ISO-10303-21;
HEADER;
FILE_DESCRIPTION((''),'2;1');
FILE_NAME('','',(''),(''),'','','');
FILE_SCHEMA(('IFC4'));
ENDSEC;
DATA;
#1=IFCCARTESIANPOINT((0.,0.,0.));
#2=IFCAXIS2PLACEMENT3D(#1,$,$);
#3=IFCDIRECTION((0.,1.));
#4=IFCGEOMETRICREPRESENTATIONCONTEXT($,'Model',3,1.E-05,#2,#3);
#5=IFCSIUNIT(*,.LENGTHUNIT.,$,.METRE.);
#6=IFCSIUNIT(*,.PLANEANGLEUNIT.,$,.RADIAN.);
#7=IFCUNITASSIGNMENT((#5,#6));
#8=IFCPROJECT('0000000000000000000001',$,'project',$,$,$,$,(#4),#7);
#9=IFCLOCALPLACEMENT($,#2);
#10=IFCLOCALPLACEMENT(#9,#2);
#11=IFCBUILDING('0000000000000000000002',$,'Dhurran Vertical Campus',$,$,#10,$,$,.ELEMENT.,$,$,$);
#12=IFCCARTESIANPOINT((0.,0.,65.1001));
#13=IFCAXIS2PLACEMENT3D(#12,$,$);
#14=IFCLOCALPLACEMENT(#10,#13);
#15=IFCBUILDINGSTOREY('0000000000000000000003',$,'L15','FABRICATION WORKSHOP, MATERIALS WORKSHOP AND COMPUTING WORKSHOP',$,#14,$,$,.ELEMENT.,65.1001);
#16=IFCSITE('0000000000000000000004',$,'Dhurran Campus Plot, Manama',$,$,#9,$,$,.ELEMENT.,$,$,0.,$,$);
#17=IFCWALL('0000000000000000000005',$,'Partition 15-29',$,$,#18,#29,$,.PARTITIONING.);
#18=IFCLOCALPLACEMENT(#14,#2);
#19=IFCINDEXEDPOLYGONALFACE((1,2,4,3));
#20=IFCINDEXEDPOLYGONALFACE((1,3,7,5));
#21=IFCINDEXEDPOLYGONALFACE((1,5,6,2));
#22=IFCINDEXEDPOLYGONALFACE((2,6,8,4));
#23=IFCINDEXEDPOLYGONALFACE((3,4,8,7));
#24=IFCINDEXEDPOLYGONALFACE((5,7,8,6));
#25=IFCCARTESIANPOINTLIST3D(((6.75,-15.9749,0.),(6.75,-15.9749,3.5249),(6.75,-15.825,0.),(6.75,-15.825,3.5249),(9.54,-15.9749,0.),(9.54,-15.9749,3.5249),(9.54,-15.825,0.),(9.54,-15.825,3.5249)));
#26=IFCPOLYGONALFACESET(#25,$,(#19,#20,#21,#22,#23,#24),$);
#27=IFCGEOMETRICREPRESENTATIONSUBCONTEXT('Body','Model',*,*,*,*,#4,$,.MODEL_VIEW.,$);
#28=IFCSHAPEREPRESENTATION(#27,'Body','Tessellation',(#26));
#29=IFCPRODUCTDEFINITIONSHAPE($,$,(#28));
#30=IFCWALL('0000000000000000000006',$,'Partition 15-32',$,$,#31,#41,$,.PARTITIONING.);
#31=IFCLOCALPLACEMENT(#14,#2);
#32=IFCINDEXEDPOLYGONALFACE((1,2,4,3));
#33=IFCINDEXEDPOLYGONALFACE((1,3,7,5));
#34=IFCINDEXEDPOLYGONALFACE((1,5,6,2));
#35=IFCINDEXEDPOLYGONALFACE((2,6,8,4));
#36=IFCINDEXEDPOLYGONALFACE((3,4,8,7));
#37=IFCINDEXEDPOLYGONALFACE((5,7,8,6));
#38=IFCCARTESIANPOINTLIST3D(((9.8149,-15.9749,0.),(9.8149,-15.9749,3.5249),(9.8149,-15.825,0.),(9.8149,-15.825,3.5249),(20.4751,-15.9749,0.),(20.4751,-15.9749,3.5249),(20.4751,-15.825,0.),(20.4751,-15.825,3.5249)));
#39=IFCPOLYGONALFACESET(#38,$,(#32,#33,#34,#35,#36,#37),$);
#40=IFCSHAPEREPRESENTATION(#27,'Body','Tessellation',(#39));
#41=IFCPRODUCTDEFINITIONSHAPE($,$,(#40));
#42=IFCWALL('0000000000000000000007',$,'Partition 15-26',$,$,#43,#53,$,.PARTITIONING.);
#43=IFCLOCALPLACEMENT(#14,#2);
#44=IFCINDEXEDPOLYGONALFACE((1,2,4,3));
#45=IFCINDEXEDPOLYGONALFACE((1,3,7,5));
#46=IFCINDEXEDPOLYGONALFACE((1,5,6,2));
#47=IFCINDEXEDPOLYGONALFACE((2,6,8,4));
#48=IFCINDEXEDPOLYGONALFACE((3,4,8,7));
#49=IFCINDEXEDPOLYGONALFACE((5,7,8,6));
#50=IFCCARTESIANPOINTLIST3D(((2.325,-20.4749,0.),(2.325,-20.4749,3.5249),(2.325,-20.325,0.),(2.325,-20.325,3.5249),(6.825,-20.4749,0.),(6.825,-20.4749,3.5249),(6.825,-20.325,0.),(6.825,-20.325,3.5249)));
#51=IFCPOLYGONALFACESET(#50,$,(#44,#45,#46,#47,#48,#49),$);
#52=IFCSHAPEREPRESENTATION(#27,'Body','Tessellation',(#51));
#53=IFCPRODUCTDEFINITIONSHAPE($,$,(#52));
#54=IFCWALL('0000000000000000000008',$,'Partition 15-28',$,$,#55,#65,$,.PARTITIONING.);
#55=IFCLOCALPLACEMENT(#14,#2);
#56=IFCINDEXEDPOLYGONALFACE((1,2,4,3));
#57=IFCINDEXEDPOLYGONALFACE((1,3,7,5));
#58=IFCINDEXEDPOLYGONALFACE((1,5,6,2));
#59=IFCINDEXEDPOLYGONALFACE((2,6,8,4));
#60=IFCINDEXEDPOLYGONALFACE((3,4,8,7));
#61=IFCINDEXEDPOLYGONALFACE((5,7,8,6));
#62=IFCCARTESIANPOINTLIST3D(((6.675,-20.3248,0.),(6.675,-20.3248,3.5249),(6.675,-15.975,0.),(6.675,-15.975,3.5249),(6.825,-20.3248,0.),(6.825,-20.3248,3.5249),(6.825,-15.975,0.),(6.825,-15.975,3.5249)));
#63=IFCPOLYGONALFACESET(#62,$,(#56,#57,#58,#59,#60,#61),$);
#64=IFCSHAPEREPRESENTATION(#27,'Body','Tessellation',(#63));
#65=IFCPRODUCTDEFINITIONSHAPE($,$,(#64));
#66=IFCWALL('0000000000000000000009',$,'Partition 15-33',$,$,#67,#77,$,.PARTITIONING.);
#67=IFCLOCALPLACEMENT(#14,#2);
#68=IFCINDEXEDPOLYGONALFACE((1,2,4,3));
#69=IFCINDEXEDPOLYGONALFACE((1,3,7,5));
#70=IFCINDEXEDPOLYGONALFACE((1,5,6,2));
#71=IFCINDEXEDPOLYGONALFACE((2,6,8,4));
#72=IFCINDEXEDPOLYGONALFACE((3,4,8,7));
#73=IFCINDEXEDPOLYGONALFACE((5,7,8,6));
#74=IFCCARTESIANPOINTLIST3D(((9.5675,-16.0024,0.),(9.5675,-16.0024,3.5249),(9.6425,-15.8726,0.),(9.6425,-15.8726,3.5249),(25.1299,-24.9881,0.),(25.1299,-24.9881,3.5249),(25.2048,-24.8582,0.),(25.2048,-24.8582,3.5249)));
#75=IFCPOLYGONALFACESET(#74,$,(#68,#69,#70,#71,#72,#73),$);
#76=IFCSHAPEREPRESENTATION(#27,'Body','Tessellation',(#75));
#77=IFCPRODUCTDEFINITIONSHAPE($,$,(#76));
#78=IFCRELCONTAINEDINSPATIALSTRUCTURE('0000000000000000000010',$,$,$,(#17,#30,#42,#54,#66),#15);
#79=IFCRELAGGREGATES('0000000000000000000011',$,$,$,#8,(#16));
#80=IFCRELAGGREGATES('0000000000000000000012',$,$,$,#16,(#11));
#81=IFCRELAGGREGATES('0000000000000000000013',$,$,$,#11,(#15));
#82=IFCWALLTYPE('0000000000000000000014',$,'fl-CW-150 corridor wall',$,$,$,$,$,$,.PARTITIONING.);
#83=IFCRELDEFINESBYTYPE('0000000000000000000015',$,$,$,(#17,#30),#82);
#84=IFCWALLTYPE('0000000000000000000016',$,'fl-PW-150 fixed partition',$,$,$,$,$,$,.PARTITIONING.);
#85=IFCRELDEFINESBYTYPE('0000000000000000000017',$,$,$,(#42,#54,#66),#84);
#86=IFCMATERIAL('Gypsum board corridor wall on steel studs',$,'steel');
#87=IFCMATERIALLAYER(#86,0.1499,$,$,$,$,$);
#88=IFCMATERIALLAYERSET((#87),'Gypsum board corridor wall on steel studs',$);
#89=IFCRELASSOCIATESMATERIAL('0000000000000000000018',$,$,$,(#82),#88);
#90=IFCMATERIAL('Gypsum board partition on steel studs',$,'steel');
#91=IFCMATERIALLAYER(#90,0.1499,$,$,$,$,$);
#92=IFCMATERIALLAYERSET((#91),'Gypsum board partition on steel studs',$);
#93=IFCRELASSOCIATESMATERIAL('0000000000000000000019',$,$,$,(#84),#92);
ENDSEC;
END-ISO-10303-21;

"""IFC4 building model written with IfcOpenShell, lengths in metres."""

from ifc_helpers import new_model, si_unit, direction, frame, frame_2d, origin, place, context, subcontext, project, spatial, rectangle, extrude, material, layer, layer_set, type_object, element, save


model = new_model("IFC4")

# Units and contexts
model_context = context("Model", 3, precision=1e-05, world=origin(), true_north=direction((0.0, 1.0)))
body_context = subcontext(model_context, "Body", "Model", "MODEL_VIEW")
ifc_project = project(units=[si_unit("LENGTHUNIT", "METRE"), si_unit("PLANEANGLEUNIT", "RADIAN")], contexts=[model_context])

# Site, building, storey
site_placement = place(None, origin())
site = spatial("IfcSite", under=ifc_project, at=site_placement, Name="Dhurran Campus Plot, Manama", CompositionType="ELEMENT", RefElevation=0.0)
building_placement = place(site_placement, origin())
building = spatial("IfcBuilding", under=site, at=building_placement, Name="Dhurran Vertical Campus", CompositionType="ELEMENT")
storey_placement = place(building_placement, frame((0.0, 0.0, 65.1001)))
storey = spatial("IfcBuildingStorey", under=building, at=storey_placement, Name="L15", Description="FABRICATION WORKSHOP, MATERIALS WORKSHOP AND COMPUTING WORKSHOP", CompositionType="ELEMENT", Elevation=65.1001)

# Shared definitions
ifc_material_1 = material(Name="Gypsum board corridor wall on steel studs", Category="steel")
ifc_layer_1 = layer(ifc_material_1, 0.1499)
ifc_layer_set_1 = layer_set([ifc_layer_1], Name="Gypsum board corridor wall on steel studs")
wall_type_1 = type_object("IfcWallType", Name="fl-CW-150 corridor wall", PredefinedType="PARTITIONING", material=ifc_layer_set_1)

# Walls
wall_1_placement = place(storey_placement, frame((6.75, -15.8999, 0.0), z_axis=(0.0, 0.0, 1.0), x_axis=(1.0, 0.0, 0.0)))
element("IfcWall", 1, at=wall_1_placement, inside=storey, type_object=wall_type_1, Name="Partition 15-29", PredefinedType="PARTITIONING", context=body_context, shape_type="SweptSolid", body=[
    extrude(rectangle(XDim=2.79, YDim=0.1499, at=frame_2d((1.395, 0.0))), origin(), (0.0, 0.0, 1.0), 3.5249),
])
wall_2_placement = place(storey_placement, frame((9.8149, -15.8999, 0.0), z_axis=(0.0, 0.0, 1.0), x_axis=(1.0, 0.0, 0.0)))
element("IfcWall", 2, at=wall_2_placement, inside=storey, type_object=wall_type_1, Name="Partition 15-32", PredefinedType="PARTITIONING", context=body_context, shape_type="SweptSolid", body=[
    extrude(rectangle(XDim=10.6602, YDim=0.1499, at=frame_2d((5.3301, 0.0))), origin(), (0.0, 0.0, 1.0), 3.5249),
])
ifc_material_2 = material(Name="Gypsum board partition on steel studs", Category="steel")
ifc_layer_2 = layer(ifc_material_2, 0.1499)
ifc_layer_set_2 = layer_set([ifc_layer_2], Name="Gypsum board partition on steel studs")
wall_type_2 = type_object("IfcWallType", Name="fl-PW-150 fixed partition", PredefinedType="PARTITIONING", material=ifc_layer_set_2)
wall_3_placement = place(storey_placement, frame((6.825, -20.3999, 0.0), z_axis=(0.0, 0.0, 1.0), x_axis=(-1.0, 0.0, 0.0)))
element("IfcWall", 3, at=wall_3_placement, inside=storey, type_object=wall_type_2, Name="Partition 15-26", PredefinedType="PARTITIONING", context=body_context, shape_type="SweptSolid", body=[
    extrude(rectangle(XDim=4.5, YDim=0.1499, at=frame_2d((2.25, 0.0))), origin(), (0.0, 0.0, 1.0), 3.5249),
])
wall_4_placement = place(storey_placement, frame((6.75, -15.9751, 0.0), z_axis=(0.0, 0.0, 1.0), x_axis=(0.0, -1.0, 0.0)))
element("IfcWall", 4, at=wall_4_placement, inside=storey, type_object=wall_type_2, Name="Partition 15-28", PredefinedType="PARTITIONING", context=body_context, shape_type="SweptSolid", body=[
    extrude(rectangle(XDim=4.3499, YDim=0.1499, at=frame_2d((2.1748, 0.0))), origin(), (0.0, 0.0, 1.0), 3.5249),
])
wall_5_placement = place(storey_placement, frame((9.605, -15.9375, 0.0), z_axis=(0.0, 0.0, 1.0), x_axis=(0.866008, -0.50003, 0.0)))
element("IfcWall", 5, at=wall_5_placement, inside=storey, type_object=wall_type_2, Name="Partition 15-33", PredefinedType="PARTITIONING", context=body_context, shape_type="SweptSolid", body=[
    extrude(rectangle(XDim=17.9702, YDim=0.1499, at=frame_2d((8.9851, 0.0))), origin(), (0.0, 0.0, 1.0), 3.5249),
])

save(model, "model.ifc")
